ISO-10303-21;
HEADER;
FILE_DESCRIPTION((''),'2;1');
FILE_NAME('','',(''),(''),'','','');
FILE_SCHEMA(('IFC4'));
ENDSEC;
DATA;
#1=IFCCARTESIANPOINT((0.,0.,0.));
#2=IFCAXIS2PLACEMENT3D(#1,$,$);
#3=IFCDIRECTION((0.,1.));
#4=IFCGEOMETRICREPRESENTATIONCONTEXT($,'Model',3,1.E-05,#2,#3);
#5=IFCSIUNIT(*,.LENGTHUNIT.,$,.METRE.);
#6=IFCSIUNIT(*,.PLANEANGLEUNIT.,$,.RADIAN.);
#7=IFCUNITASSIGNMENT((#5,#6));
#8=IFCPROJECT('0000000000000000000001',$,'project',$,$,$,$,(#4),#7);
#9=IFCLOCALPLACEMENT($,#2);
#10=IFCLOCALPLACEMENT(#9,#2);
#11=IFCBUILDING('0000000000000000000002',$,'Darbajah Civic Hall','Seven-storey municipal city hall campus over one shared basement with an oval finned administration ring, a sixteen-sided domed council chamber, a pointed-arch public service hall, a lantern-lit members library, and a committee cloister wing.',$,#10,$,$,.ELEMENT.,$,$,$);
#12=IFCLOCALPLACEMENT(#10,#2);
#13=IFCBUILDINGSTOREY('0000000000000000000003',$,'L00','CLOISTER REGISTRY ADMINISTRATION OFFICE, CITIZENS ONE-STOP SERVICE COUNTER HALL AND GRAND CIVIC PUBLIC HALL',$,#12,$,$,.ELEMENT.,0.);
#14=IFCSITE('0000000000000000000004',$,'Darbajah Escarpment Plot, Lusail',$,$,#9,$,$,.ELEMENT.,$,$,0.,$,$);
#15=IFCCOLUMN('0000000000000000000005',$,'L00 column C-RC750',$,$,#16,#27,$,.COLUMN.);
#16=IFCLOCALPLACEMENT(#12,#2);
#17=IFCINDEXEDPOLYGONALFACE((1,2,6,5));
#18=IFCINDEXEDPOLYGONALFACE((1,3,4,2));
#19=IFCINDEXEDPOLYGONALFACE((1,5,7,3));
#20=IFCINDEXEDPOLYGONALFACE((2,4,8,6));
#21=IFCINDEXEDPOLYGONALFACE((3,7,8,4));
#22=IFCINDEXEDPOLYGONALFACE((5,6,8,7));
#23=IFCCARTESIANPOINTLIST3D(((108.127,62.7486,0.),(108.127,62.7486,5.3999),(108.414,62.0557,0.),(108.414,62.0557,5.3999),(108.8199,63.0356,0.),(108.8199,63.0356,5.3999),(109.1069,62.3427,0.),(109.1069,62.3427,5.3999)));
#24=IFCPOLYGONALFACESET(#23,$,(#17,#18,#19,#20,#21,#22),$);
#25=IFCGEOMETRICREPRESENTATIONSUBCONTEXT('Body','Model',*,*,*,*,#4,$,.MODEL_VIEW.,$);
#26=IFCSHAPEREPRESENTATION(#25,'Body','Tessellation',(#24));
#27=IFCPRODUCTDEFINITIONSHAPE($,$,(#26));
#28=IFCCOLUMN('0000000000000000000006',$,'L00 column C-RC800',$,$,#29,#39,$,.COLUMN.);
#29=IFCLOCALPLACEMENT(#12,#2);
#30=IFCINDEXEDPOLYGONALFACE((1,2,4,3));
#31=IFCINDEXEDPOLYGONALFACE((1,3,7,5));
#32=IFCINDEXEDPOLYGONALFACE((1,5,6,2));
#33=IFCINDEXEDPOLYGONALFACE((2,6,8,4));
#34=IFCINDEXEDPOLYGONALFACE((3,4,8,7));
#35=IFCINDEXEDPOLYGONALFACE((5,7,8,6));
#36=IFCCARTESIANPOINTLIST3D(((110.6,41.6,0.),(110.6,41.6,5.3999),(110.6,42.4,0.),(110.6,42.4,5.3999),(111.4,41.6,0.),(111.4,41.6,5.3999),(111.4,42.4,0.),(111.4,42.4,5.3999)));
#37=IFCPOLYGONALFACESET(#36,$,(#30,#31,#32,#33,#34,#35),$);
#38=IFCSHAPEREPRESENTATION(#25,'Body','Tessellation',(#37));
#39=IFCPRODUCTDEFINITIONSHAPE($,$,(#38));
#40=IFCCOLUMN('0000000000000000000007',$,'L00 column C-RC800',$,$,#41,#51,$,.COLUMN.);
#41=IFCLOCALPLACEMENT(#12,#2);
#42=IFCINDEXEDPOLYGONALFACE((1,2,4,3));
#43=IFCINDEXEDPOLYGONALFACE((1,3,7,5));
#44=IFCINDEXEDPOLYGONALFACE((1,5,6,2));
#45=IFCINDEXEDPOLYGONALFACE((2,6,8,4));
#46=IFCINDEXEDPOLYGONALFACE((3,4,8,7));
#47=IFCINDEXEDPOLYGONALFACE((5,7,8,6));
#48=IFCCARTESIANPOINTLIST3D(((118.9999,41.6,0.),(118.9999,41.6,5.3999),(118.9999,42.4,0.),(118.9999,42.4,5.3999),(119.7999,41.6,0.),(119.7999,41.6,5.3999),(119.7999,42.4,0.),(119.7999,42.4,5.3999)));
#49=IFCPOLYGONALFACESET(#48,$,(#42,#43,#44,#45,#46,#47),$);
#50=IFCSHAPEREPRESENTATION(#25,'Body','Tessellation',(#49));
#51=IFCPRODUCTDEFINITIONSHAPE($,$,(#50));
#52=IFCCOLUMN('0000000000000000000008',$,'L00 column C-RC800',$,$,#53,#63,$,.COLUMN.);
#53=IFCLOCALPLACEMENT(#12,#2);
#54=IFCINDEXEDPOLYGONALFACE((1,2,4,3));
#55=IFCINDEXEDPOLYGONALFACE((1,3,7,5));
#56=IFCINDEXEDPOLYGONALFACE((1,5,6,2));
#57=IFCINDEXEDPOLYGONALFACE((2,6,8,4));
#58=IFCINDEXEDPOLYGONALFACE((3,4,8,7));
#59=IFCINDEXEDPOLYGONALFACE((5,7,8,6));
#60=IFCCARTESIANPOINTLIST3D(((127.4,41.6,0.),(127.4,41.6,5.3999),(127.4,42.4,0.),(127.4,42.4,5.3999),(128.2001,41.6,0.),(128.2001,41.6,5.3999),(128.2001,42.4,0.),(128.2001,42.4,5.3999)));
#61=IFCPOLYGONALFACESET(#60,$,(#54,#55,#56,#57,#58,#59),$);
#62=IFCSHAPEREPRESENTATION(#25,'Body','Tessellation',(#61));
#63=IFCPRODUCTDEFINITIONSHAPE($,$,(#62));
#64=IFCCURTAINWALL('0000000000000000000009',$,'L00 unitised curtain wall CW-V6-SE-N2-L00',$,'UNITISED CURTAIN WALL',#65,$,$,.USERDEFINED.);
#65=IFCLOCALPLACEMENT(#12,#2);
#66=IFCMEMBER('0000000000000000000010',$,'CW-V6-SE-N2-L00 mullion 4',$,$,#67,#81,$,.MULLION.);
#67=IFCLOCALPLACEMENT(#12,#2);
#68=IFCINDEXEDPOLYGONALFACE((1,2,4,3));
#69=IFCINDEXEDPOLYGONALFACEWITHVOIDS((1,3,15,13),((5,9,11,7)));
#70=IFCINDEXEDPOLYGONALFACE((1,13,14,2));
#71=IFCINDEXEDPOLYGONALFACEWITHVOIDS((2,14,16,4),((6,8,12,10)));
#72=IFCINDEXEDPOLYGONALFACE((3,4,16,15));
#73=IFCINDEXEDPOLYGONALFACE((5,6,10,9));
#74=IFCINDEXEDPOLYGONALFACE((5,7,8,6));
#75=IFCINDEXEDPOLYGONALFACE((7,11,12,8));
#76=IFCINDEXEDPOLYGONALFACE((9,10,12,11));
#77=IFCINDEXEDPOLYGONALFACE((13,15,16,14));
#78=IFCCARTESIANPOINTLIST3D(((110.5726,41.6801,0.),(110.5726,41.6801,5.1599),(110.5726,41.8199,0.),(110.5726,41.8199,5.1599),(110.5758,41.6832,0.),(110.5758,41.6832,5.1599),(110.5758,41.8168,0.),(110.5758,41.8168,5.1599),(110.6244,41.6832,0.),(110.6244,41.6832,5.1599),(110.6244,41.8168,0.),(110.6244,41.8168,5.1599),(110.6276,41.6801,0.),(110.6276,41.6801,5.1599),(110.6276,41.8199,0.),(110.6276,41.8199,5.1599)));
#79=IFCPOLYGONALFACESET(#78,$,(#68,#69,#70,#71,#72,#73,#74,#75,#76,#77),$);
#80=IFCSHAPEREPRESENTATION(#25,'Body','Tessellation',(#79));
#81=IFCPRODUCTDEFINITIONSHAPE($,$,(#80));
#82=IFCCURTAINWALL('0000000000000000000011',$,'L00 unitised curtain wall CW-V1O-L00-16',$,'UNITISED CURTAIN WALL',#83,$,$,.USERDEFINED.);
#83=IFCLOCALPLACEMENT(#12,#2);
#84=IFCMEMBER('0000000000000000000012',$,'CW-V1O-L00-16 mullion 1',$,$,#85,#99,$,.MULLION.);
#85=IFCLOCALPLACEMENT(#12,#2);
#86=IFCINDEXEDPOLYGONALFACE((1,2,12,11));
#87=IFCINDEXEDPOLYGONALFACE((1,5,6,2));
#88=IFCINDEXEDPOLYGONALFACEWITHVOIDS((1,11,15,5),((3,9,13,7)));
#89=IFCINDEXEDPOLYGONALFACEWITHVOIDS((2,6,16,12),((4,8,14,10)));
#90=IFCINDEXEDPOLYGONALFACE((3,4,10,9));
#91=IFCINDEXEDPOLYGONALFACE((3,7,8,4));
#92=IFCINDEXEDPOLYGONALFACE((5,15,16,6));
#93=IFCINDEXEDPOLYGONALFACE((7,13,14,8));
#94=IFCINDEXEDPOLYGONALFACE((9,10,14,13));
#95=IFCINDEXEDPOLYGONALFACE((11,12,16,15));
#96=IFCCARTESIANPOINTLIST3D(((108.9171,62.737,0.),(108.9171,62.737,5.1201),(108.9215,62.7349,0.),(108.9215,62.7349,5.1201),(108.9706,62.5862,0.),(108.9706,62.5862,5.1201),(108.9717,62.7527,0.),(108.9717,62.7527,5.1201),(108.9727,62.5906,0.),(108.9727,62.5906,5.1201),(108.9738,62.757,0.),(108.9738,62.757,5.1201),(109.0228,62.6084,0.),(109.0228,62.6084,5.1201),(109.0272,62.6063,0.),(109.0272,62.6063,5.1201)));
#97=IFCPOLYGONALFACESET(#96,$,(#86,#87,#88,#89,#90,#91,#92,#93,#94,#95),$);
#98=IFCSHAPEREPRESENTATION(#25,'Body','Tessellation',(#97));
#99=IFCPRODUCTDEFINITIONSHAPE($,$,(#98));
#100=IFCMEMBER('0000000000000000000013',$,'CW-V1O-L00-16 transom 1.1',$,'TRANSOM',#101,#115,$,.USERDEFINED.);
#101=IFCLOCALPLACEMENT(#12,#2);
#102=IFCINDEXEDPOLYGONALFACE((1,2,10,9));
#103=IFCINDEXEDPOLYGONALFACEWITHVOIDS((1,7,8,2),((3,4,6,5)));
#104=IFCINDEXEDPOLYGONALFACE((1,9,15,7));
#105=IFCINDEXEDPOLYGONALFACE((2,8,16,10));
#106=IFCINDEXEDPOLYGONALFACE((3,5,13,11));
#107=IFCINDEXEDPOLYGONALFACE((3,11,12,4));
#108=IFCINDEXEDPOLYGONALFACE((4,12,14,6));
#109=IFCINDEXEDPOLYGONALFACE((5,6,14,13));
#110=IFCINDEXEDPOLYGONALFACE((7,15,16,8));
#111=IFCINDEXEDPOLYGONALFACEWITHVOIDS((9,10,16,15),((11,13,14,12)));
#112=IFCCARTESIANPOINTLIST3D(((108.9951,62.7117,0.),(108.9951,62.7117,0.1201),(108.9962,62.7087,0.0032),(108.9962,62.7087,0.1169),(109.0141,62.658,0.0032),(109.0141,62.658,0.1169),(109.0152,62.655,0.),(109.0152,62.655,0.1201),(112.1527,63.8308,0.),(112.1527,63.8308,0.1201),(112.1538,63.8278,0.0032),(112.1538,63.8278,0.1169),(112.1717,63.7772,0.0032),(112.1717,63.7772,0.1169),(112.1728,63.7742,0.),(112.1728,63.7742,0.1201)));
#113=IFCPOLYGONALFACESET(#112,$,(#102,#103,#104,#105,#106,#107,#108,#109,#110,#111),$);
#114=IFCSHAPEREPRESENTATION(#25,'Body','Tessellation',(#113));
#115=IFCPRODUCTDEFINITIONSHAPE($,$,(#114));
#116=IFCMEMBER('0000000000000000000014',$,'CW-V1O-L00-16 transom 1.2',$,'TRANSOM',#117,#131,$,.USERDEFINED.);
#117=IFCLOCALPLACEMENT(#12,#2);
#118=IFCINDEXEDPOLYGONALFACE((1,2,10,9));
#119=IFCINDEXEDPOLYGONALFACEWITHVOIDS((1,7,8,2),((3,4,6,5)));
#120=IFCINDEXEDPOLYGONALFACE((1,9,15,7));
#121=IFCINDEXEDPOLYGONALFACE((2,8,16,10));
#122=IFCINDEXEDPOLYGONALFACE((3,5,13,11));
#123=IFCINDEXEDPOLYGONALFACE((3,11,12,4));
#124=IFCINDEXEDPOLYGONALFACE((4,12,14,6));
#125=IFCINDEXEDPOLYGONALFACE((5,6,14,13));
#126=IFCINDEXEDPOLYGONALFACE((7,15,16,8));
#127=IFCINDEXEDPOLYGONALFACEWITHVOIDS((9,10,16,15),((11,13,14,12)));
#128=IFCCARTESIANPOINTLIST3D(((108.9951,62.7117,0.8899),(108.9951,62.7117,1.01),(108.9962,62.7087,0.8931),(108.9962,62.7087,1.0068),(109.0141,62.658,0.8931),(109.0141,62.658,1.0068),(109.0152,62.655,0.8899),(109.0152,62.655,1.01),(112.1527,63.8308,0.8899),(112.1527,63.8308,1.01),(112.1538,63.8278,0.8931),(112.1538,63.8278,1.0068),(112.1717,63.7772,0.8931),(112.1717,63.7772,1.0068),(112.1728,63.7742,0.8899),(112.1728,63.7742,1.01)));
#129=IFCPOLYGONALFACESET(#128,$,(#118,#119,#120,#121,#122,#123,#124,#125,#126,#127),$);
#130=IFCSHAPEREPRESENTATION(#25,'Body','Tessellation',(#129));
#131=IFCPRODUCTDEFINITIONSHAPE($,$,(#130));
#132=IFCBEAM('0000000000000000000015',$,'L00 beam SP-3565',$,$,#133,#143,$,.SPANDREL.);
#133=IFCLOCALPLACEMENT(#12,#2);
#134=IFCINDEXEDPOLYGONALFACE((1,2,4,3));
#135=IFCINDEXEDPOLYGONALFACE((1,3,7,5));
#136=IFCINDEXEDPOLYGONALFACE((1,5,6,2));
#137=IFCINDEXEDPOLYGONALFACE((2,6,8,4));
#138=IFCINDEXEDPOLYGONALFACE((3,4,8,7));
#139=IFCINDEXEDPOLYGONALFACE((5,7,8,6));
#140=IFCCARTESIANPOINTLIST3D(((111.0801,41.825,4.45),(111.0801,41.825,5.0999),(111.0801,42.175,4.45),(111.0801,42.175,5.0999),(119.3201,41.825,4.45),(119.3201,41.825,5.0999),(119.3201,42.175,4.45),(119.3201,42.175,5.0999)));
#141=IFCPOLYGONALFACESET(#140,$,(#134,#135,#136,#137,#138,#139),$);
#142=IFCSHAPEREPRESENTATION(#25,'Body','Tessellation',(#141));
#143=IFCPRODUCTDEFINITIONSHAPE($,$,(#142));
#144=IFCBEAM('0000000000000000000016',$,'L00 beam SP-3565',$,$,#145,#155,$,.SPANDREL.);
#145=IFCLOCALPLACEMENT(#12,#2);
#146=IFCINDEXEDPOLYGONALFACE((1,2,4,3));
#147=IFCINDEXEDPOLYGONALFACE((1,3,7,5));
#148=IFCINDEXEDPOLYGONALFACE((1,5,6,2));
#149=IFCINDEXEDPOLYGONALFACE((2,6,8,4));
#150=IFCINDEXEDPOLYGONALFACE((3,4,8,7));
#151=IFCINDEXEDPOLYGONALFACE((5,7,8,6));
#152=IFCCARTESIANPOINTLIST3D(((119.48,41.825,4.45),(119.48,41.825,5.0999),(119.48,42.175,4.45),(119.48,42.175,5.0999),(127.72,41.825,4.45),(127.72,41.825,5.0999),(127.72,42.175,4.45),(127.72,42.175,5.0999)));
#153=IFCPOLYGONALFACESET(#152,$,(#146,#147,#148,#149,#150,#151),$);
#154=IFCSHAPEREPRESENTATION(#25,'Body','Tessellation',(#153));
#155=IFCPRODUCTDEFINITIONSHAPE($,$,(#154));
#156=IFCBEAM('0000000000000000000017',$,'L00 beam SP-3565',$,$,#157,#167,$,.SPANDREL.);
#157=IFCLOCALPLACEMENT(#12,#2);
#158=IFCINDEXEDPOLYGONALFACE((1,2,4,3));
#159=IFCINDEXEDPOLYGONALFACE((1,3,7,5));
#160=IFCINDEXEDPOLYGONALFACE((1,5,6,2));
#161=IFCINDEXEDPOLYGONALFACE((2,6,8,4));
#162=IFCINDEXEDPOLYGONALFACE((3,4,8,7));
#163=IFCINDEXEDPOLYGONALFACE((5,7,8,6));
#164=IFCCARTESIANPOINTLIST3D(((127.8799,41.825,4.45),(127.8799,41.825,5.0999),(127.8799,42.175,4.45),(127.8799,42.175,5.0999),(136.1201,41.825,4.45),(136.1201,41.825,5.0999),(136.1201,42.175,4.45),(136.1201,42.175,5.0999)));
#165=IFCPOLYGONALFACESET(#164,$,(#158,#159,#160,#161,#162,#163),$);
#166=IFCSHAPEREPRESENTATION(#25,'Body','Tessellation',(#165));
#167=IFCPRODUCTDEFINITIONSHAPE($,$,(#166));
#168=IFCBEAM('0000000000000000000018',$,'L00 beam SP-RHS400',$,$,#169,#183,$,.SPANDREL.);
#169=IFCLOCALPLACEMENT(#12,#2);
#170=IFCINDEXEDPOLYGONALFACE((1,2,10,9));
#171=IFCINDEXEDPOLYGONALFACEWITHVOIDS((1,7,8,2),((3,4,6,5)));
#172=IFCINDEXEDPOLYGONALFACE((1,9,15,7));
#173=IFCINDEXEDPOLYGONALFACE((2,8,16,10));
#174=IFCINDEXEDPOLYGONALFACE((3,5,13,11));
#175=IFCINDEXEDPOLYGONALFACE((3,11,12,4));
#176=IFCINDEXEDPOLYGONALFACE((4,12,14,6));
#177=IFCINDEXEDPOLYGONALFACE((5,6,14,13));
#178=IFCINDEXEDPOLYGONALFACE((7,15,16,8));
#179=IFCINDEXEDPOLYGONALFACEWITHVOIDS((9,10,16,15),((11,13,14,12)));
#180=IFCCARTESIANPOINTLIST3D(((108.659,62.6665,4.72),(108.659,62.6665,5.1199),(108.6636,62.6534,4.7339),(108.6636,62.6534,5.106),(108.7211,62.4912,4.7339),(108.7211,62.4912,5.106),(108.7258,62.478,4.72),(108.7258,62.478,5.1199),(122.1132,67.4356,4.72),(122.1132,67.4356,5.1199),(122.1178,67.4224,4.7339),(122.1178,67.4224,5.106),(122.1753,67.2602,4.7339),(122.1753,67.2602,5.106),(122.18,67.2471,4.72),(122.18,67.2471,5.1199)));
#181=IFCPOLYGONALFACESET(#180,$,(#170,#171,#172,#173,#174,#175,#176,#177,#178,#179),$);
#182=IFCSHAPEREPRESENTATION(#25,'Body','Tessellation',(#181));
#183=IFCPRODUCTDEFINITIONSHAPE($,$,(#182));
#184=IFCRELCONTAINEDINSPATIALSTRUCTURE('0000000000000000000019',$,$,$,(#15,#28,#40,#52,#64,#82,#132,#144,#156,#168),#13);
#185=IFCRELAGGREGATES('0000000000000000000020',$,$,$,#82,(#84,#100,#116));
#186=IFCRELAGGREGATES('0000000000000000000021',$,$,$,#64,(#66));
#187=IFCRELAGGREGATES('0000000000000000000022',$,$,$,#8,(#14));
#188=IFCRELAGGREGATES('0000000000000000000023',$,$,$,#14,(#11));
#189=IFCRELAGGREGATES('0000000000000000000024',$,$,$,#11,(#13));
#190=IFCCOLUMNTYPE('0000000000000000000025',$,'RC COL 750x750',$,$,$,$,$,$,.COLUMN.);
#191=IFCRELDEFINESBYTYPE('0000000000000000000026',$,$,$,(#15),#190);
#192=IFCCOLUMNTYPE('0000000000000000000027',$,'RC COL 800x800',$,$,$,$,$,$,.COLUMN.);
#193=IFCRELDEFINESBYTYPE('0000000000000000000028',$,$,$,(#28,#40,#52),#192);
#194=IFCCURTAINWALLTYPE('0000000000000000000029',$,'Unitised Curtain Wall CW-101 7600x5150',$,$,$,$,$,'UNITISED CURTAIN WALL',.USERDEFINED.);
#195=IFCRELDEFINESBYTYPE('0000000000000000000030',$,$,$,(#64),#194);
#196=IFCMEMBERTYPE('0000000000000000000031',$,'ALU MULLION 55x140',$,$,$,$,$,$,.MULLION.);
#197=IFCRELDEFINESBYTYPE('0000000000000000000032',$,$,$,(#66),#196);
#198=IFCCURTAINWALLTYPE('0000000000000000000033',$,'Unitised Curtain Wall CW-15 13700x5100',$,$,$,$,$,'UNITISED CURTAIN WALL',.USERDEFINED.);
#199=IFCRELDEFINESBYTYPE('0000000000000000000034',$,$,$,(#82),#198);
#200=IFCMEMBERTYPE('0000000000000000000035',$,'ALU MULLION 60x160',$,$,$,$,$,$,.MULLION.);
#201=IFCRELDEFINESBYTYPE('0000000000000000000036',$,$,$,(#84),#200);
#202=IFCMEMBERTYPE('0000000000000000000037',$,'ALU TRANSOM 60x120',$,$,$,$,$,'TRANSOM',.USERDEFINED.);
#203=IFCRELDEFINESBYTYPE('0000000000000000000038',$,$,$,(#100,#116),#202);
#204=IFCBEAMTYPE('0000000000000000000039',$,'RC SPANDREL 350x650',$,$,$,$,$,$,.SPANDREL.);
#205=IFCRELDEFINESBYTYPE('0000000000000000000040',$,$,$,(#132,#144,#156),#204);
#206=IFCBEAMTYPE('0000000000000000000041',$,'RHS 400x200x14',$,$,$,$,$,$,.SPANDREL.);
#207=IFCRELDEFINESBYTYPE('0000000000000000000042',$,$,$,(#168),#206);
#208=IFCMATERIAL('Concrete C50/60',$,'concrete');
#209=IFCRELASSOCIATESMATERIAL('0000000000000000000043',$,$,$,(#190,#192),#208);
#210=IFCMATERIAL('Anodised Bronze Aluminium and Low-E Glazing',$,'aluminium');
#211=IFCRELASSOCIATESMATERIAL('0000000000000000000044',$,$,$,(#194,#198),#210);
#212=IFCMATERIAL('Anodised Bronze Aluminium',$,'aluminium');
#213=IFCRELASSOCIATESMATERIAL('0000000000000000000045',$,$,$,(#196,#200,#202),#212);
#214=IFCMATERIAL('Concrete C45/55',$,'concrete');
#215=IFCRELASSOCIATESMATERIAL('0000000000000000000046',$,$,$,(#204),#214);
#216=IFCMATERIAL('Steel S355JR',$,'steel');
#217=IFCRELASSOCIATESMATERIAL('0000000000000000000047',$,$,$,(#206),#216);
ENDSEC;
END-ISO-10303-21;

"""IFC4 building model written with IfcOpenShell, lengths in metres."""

from ifc_helpers import new_model, si_unit, direction, frame, origin, origin_2d, place, context, subcontext, project, spatial, rectangle, hollow_rectangle, extrude, material, material_profile, profile_set, type_object, element, aggregate, save


model = new_model("IFC4")

# Units and contexts
model_context = context("Model", 3, precision=1e-05, world=origin(), true_north=direction((0.0, 1.0)))
body_context = subcontext(model_context, "Body", "Model", "MODEL_VIEW")
ifc_project = project(units=[si_unit("LENGTHUNIT", "METRE"), si_unit("PLANEANGLEUNIT", "RADIAN")], contexts=[model_context])

# Site, building, storey
site_placement = place(None, origin())
site = spatial("IfcSite", under=ifc_project, at=site_placement, Name="Darbajah Escarpment Plot, Lusail", CompositionType="ELEMENT", RefElevation=0.0)
building_placement = place(site_placement, origin())
building = spatial("IfcBuilding", under=site, at=building_placement, Name="Darbajah Civic Hall", Description="Seven-storey municipal city hall campus over one shared basement with an oval finned administration ring, a sixteen-sided domed council chamber, a pointed-arch public service hall, a lantern-lit members library, and a committee cloister wing.", CompositionType="ELEMENT")
storey_placement = place(building_placement, origin())
storey = spatial("IfcBuildingStorey", under=building, at=storey_placement, Name="L00", Description="CLOISTER REGISTRY ADMINISTRATION OFFICE, CITIZENS ONE-STOP SERVICE COUNTER HALL AND GRAND CIVIC PUBLIC HALL", CompositionType="ELEMENT", Elevation=0.0)

# Columns
ifc_material_1 = material(Name="Concrete C50/60", Category="concrete")
ifc_material_profile_1 = material_profile(ifc_material_1, rectangle(XDim=0.75, YDim=0.75, at=origin_2d()), Name="RC COL 750x750")
ifc_profile_set_1 = profile_set([ifc_material_profile_1], Name="Concrete C50/60")
column_type_1 = type_object("IfcColumnType", Name="RC COL 750x750", PredefinedType="COLUMN", material=ifc_profile_set_1)
column_placement = place(storey_placement, frame((108.6169, 62.5457, 0.0), z_axis=(0.0, 0.0, 1.0), x_axis=(0.382683, -0.92388, 0.0)))
element("IfcColumn", 1, at=column_placement, inside=storey, type_object=column_type_1, Name="L00 column C-RC750", PredefinedType="COLUMN", context=body_context, shape_type="SweptSolid", body=[
    extrude(rectangle(XDim=0.75, YDim=0.75, at=origin_2d()), origin(), (0.0, 0.0, 1.0), 5.3999),
])
ifc_material_profile_2 = material_profile(ifc_material_1, rectangle(XDim=0.8, YDim=0.8, at=origin_2d()), Name="RC COL 800x800")
ifc_profile_set_2 = profile_set([ifc_material_profile_2], Name="Concrete C50/60")
column_type_2 = type_object("IfcColumnType", Name="RC COL 800x800", PredefinedType="COLUMN", material=ifc_profile_set_2)
for number, where, z_axis, x_axis, name in (
    (2, (111.0, 42.0, 0.0), (0.0, 0.0, 1.0), (1.0, 0.0, 0.0), "L00 column C-RC800"),
    (3, (119.3999, 42.0, 0.0), (0.0, 0.0, 1.0), (1.0, 0.0, 0.0), "L00 column C-RC800"),
    (4, (127.8, 42.0, 0.0), (0.0, 0.0, 1.0), (1.0, 0.0, 0.0), "L00 column C-RC800"),
):
    element("IfcColumn", number, at=place(storey_placement, frame(where, z_axis=z_axis, x_axis=x_axis)), inside=storey, type_object=column_type_2, Name=name, PredefinedType="COLUMN", context=body_context, shape_type="SweptSolid", body=[
        extrude(rectangle(XDim=0.8, YDim=0.8, at=origin_2d()), origin(), (0.0, 0.0, 1.0), 5.3999),
    ])

# Curtain wall, member
ifc_material_2 = material(Name="Anodised Bronze Aluminium and Low-E Glazing", Category="aluminium")
curtain_wall_type_1 = type_object("IfcCurtainWallType", Name="Unitised Curtain Wall CW-101 7600x5150", ElementType="UNITISED CURTAIN WALL", PredefinedType="USERDEFINED", material=ifc_material_2)
curtain_wall_1_placement = place(storey_placement, origin())
curtain_wall_1 = element("IfcCurtainWall", 5, at=curtain_wall_1_placement, inside=storey, type_object=curtain_wall_type_1, Name="L00 unitised curtain wall CW-V6-SE-N2-L00", ObjectType="UNITISED CURTAIN WALL", PredefinedType="USERDEFINED")
ifc_material_3 = material(Name="Anodised Bronze Aluminium", Category="aluminium")
ifc_material_profile_3 = material_profile(ifc_material_3, hollow_rectangle(XDim=0.0549, YDim=0.1399, WallThickness=0.0032, at=origin_2d()), Name="ALU MULLION 55x140")
ifc_profile_set_3 = profile_set([ifc_material_profile_3], Name="Anodised Bronze Aluminium")
member_type_1 = type_object("IfcMemberType", Name="ALU MULLION 55x140", PredefinedType="MULLION", material=ifc_profile_set_3)
member_1_placement = place(storey_placement, frame((110.6001, 41.75, 0.0), z_axis=(0.0, 0.0, 1.0), x_axis=(1.0, 0.0, 0.0)))
member_1 = element("IfcMember", 6, at=member_1_placement, type_object=member_type_1, Name="CW-V6-SE-N2-L00 mullion 4", PredefinedType="MULLION", context=body_context, shape_type="SweptSolid", body=[
    extrude(hollow_rectangle(XDim=0.0549, YDim=0.1399, WallThickness=0.0032, at=origin_2d()), origin(), (0.0, 0.0, 1.0), 5.1599),
])

# Curtain wall, members
curtain_wall_type_2 = type_object("IfcCurtainWallType", Name="Unitised Curtain Wall CW-15 13700x5100", ElementType="UNITISED CURTAIN WALL", PredefinedType="USERDEFINED", material=ifc_material_2)
curtain_wall_2_placement = place(storey_placement, origin())
curtain_wall_2 = element("IfcCurtainWall", 7, at=curtain_wall_2_placement, inside=storey, type_object=curtain_wall_type_2, Name="L00 unitised curtain wall CW-V1O-L00-16", ObjectType="UNITISED CURTAIN WALL", PredefinedType="USERDEFINED")
ifc_material_profile_4 = material_profile(ifc_material_3, hollow_rectangle(XDim=0.0601, YDim=0.1599, WallThickness=0.0034, at=origin_2d()), Name="ALU MULLION 60x160")
ifc_profile_set_4 = profile_set([ifc_material_profile_4], Name="Anodised Bronze Aluminium")
member_type_2 = type_object("IfcMemberType", Name="ALU MULLION 60x160", PredefinedType="MULLION", material=ifc_profile_set_4)
member_2_placement = place(storey_placement, frame((108.9722, 62.6716, 0.0), z_axis=(0.0, 0.0, 1.0), x_axis=(0.942525, 0.334136, 0.0)))
member_2 = element("IfcMember", 8, at=member_2_placement, type_object=member_type_2, Name="CW-V1O-L00-16 mullion 1", PredefinedType="MULLION", context=body_context, shape_type="SweptSolid", body=[
    extrude(hollow_rectangle(XDim=0.0601, YDim=0.1599, WallThickness=0.0034, at=origin_2d()), origin(), (0.0, 0.0, 1.0), 5.1201),
])
ifc_material_profile_5 = material_profile(ifc_material_3, hollow_rectangle(XDim=0.0601, YDim=0.1201, WallThickness=0.0032, at=origin_2d()), Name="ALU TRANSOM 60x120")
ifc_profile_set_5 = profile_set([ifc_material_profile_5], Name="Anodised Bronze Aluminium")
member_type_3 = type_object("IfcMemberType", Name="ALU TRANSOM 60x120", ElementType="TRANSOM", PredefinedType="USERDEFINED", material=ifc_profile_set_5)
member_3_placement = place(storey_placement, frame((109.0051, 62.6833, 0.0601), z_axis=(0.942554, 0.334055, 0.0), x_axis=(-0.334055, 0.942554, 0.0)))
member_3 = element("IfcMember", 9, at=member_3_placement, type_object=member_type_3, Name="CW-V1O-L00-16 transom 1.1", ObjectType="TRANSOM", PredefinedType="USERDEFINED", context=body_context, shape_type="SweptSolid", body=[
    extrude(hollow_rectangle(XDim=0.0601, YDim=0.1201, WallThickness=0.0032, at=origin_2d()), origin(), (0.0, 0.0, 1.0), 3.3501),
])
member_4_placement = place(storey_placement, frame((109.0051, 62.6833, 0.95), z_axis=(0.942554, 0.334055, 0.0), x_axis=(-0.334055, 0.942554, 0.0)))
member_4 = element("IfcMember", 10, at=member_4_placement, type_object=member_type_3, Name="CW-V1O-L00-16 transom 1.2", ObjectType="TRANSOM", PredefinedType="USERDEFINED", context=body_context, shape_type="SweptSolid", body=[
    extrude(hollow_rectangle(XDim=0.0601, YDim=0.1201, WallThickness=0.0032, at=origin_2d()), origin(), (0.0, 0.0, 1.0), 3.3501),
])
aggregate(curtain_wall_2, [member_2, member_3, member_4])

# Beams
ifc_material_4 = material(Name="Concrete C45/55", Category="concrete")
ifc_material_profile_6 = material_profile(ifc_material_4, rectangle(XDim=0.3501, YDim=0.6499, at=origin_2d()), Name="RC SPANDREL 350x650")
ifc_profile_set_6 = profile_set([ifc_material_profile_6], Name="Concrete C45/55")
beam_type_1 = type_object("IfcBeamType", Name="RC SPANDREL 350x650", PredefinedType="SPANDREL", material=ifc_profile_set_6)
for number, where, z_axis, x_axis, name in (
    (11, (111.0801, 42.0, 4.7749), (1.0, 0.0, 0.0), (0.0, 1.0, 0.0), "L00 beam SP-3565"),
    (12, (119.48, 42.0, 4.7749), (1.0, 0.0, 0.0), (0.0, 1.0, 0.0), "L00 beam SP-3565"),
):
    element("IfcBeam", number, at=place(storey_placement, frame(where, z_axis=z_axis, x_axis=x_axis)), inside=storey, type_object=beam_type_1, Name=name, PredefinedType="SPANDREL", context=body_context, shape_type="SweptSolid", body=[
        extrude(rectangle(XDim=0.3501, YDim=0.6499, at=origin_2d()), origin(), (0.0, 0.0, 1.0), 8.24),
    ])
beam_1_placement = place(storey_placement, frame((127.8799, 42.0, 4.7749), z_axis=(1.0, 0.0, 0.0), x_axis=(0.0, 1.0, 0.0)))
element("IfcBeam", 13, at=beam_1_placement, inside=storey, type_object=beam_type_1, Name="L00 beam SP-3565", PredefinedType="SPANDREL", context=body_context, shape_type="SweptSolid", body=[
    extrude(rectangle(XDim=0.3501, YDim=0.6499, at=origin_2d()), origin(), (0.0, 0.0, 1.0), 8.2402),
])
ifc_material_5 = material(Name="Steel S355JR", Category="steel")
ifc_material_profile_7 = material_profile(ifc_material_5, hollow_rectangle(XDim=0.2, YDim=0.3999, WallThickness=0.0139, at=origin_2d()), Name="RHS 400x200x14")
ifc_profile_set_7 = profile_set([ifc_material_profile_7], Name="Steel S355JR")
beam_type_2 = type_object("IfcBeamType", Name="RHS 400x200x14", PredefinedType="SPANDREL", material=ifc_profile_set_7)
beam_2_placement = place(storey_placement, frame((108.6924, 62.5723, 4.9199), z_axis=(0.942538, 0.334099, 0.0), x_axis=(-0.334099, 0.942538, 0.0)))
element("IfcBeam", 14, at=beam_2_placement, inside=storey, type_object=beam_type_2, Name="L00 beam SP-RHS400", PredefinedType="SPANDREL", context=body_context, shape_type="SweptSolid", body=[
    extrude(hollow_rectangle(XDim=0.2, YDim=0.3999, WallThickness=0.0139, at=origin_2d()), origin(), (0.0, 0.0, 1.0), 14.2744),
])

aggregate(curtain_wall_1, [member_1])

save(model, "model.ifc")
